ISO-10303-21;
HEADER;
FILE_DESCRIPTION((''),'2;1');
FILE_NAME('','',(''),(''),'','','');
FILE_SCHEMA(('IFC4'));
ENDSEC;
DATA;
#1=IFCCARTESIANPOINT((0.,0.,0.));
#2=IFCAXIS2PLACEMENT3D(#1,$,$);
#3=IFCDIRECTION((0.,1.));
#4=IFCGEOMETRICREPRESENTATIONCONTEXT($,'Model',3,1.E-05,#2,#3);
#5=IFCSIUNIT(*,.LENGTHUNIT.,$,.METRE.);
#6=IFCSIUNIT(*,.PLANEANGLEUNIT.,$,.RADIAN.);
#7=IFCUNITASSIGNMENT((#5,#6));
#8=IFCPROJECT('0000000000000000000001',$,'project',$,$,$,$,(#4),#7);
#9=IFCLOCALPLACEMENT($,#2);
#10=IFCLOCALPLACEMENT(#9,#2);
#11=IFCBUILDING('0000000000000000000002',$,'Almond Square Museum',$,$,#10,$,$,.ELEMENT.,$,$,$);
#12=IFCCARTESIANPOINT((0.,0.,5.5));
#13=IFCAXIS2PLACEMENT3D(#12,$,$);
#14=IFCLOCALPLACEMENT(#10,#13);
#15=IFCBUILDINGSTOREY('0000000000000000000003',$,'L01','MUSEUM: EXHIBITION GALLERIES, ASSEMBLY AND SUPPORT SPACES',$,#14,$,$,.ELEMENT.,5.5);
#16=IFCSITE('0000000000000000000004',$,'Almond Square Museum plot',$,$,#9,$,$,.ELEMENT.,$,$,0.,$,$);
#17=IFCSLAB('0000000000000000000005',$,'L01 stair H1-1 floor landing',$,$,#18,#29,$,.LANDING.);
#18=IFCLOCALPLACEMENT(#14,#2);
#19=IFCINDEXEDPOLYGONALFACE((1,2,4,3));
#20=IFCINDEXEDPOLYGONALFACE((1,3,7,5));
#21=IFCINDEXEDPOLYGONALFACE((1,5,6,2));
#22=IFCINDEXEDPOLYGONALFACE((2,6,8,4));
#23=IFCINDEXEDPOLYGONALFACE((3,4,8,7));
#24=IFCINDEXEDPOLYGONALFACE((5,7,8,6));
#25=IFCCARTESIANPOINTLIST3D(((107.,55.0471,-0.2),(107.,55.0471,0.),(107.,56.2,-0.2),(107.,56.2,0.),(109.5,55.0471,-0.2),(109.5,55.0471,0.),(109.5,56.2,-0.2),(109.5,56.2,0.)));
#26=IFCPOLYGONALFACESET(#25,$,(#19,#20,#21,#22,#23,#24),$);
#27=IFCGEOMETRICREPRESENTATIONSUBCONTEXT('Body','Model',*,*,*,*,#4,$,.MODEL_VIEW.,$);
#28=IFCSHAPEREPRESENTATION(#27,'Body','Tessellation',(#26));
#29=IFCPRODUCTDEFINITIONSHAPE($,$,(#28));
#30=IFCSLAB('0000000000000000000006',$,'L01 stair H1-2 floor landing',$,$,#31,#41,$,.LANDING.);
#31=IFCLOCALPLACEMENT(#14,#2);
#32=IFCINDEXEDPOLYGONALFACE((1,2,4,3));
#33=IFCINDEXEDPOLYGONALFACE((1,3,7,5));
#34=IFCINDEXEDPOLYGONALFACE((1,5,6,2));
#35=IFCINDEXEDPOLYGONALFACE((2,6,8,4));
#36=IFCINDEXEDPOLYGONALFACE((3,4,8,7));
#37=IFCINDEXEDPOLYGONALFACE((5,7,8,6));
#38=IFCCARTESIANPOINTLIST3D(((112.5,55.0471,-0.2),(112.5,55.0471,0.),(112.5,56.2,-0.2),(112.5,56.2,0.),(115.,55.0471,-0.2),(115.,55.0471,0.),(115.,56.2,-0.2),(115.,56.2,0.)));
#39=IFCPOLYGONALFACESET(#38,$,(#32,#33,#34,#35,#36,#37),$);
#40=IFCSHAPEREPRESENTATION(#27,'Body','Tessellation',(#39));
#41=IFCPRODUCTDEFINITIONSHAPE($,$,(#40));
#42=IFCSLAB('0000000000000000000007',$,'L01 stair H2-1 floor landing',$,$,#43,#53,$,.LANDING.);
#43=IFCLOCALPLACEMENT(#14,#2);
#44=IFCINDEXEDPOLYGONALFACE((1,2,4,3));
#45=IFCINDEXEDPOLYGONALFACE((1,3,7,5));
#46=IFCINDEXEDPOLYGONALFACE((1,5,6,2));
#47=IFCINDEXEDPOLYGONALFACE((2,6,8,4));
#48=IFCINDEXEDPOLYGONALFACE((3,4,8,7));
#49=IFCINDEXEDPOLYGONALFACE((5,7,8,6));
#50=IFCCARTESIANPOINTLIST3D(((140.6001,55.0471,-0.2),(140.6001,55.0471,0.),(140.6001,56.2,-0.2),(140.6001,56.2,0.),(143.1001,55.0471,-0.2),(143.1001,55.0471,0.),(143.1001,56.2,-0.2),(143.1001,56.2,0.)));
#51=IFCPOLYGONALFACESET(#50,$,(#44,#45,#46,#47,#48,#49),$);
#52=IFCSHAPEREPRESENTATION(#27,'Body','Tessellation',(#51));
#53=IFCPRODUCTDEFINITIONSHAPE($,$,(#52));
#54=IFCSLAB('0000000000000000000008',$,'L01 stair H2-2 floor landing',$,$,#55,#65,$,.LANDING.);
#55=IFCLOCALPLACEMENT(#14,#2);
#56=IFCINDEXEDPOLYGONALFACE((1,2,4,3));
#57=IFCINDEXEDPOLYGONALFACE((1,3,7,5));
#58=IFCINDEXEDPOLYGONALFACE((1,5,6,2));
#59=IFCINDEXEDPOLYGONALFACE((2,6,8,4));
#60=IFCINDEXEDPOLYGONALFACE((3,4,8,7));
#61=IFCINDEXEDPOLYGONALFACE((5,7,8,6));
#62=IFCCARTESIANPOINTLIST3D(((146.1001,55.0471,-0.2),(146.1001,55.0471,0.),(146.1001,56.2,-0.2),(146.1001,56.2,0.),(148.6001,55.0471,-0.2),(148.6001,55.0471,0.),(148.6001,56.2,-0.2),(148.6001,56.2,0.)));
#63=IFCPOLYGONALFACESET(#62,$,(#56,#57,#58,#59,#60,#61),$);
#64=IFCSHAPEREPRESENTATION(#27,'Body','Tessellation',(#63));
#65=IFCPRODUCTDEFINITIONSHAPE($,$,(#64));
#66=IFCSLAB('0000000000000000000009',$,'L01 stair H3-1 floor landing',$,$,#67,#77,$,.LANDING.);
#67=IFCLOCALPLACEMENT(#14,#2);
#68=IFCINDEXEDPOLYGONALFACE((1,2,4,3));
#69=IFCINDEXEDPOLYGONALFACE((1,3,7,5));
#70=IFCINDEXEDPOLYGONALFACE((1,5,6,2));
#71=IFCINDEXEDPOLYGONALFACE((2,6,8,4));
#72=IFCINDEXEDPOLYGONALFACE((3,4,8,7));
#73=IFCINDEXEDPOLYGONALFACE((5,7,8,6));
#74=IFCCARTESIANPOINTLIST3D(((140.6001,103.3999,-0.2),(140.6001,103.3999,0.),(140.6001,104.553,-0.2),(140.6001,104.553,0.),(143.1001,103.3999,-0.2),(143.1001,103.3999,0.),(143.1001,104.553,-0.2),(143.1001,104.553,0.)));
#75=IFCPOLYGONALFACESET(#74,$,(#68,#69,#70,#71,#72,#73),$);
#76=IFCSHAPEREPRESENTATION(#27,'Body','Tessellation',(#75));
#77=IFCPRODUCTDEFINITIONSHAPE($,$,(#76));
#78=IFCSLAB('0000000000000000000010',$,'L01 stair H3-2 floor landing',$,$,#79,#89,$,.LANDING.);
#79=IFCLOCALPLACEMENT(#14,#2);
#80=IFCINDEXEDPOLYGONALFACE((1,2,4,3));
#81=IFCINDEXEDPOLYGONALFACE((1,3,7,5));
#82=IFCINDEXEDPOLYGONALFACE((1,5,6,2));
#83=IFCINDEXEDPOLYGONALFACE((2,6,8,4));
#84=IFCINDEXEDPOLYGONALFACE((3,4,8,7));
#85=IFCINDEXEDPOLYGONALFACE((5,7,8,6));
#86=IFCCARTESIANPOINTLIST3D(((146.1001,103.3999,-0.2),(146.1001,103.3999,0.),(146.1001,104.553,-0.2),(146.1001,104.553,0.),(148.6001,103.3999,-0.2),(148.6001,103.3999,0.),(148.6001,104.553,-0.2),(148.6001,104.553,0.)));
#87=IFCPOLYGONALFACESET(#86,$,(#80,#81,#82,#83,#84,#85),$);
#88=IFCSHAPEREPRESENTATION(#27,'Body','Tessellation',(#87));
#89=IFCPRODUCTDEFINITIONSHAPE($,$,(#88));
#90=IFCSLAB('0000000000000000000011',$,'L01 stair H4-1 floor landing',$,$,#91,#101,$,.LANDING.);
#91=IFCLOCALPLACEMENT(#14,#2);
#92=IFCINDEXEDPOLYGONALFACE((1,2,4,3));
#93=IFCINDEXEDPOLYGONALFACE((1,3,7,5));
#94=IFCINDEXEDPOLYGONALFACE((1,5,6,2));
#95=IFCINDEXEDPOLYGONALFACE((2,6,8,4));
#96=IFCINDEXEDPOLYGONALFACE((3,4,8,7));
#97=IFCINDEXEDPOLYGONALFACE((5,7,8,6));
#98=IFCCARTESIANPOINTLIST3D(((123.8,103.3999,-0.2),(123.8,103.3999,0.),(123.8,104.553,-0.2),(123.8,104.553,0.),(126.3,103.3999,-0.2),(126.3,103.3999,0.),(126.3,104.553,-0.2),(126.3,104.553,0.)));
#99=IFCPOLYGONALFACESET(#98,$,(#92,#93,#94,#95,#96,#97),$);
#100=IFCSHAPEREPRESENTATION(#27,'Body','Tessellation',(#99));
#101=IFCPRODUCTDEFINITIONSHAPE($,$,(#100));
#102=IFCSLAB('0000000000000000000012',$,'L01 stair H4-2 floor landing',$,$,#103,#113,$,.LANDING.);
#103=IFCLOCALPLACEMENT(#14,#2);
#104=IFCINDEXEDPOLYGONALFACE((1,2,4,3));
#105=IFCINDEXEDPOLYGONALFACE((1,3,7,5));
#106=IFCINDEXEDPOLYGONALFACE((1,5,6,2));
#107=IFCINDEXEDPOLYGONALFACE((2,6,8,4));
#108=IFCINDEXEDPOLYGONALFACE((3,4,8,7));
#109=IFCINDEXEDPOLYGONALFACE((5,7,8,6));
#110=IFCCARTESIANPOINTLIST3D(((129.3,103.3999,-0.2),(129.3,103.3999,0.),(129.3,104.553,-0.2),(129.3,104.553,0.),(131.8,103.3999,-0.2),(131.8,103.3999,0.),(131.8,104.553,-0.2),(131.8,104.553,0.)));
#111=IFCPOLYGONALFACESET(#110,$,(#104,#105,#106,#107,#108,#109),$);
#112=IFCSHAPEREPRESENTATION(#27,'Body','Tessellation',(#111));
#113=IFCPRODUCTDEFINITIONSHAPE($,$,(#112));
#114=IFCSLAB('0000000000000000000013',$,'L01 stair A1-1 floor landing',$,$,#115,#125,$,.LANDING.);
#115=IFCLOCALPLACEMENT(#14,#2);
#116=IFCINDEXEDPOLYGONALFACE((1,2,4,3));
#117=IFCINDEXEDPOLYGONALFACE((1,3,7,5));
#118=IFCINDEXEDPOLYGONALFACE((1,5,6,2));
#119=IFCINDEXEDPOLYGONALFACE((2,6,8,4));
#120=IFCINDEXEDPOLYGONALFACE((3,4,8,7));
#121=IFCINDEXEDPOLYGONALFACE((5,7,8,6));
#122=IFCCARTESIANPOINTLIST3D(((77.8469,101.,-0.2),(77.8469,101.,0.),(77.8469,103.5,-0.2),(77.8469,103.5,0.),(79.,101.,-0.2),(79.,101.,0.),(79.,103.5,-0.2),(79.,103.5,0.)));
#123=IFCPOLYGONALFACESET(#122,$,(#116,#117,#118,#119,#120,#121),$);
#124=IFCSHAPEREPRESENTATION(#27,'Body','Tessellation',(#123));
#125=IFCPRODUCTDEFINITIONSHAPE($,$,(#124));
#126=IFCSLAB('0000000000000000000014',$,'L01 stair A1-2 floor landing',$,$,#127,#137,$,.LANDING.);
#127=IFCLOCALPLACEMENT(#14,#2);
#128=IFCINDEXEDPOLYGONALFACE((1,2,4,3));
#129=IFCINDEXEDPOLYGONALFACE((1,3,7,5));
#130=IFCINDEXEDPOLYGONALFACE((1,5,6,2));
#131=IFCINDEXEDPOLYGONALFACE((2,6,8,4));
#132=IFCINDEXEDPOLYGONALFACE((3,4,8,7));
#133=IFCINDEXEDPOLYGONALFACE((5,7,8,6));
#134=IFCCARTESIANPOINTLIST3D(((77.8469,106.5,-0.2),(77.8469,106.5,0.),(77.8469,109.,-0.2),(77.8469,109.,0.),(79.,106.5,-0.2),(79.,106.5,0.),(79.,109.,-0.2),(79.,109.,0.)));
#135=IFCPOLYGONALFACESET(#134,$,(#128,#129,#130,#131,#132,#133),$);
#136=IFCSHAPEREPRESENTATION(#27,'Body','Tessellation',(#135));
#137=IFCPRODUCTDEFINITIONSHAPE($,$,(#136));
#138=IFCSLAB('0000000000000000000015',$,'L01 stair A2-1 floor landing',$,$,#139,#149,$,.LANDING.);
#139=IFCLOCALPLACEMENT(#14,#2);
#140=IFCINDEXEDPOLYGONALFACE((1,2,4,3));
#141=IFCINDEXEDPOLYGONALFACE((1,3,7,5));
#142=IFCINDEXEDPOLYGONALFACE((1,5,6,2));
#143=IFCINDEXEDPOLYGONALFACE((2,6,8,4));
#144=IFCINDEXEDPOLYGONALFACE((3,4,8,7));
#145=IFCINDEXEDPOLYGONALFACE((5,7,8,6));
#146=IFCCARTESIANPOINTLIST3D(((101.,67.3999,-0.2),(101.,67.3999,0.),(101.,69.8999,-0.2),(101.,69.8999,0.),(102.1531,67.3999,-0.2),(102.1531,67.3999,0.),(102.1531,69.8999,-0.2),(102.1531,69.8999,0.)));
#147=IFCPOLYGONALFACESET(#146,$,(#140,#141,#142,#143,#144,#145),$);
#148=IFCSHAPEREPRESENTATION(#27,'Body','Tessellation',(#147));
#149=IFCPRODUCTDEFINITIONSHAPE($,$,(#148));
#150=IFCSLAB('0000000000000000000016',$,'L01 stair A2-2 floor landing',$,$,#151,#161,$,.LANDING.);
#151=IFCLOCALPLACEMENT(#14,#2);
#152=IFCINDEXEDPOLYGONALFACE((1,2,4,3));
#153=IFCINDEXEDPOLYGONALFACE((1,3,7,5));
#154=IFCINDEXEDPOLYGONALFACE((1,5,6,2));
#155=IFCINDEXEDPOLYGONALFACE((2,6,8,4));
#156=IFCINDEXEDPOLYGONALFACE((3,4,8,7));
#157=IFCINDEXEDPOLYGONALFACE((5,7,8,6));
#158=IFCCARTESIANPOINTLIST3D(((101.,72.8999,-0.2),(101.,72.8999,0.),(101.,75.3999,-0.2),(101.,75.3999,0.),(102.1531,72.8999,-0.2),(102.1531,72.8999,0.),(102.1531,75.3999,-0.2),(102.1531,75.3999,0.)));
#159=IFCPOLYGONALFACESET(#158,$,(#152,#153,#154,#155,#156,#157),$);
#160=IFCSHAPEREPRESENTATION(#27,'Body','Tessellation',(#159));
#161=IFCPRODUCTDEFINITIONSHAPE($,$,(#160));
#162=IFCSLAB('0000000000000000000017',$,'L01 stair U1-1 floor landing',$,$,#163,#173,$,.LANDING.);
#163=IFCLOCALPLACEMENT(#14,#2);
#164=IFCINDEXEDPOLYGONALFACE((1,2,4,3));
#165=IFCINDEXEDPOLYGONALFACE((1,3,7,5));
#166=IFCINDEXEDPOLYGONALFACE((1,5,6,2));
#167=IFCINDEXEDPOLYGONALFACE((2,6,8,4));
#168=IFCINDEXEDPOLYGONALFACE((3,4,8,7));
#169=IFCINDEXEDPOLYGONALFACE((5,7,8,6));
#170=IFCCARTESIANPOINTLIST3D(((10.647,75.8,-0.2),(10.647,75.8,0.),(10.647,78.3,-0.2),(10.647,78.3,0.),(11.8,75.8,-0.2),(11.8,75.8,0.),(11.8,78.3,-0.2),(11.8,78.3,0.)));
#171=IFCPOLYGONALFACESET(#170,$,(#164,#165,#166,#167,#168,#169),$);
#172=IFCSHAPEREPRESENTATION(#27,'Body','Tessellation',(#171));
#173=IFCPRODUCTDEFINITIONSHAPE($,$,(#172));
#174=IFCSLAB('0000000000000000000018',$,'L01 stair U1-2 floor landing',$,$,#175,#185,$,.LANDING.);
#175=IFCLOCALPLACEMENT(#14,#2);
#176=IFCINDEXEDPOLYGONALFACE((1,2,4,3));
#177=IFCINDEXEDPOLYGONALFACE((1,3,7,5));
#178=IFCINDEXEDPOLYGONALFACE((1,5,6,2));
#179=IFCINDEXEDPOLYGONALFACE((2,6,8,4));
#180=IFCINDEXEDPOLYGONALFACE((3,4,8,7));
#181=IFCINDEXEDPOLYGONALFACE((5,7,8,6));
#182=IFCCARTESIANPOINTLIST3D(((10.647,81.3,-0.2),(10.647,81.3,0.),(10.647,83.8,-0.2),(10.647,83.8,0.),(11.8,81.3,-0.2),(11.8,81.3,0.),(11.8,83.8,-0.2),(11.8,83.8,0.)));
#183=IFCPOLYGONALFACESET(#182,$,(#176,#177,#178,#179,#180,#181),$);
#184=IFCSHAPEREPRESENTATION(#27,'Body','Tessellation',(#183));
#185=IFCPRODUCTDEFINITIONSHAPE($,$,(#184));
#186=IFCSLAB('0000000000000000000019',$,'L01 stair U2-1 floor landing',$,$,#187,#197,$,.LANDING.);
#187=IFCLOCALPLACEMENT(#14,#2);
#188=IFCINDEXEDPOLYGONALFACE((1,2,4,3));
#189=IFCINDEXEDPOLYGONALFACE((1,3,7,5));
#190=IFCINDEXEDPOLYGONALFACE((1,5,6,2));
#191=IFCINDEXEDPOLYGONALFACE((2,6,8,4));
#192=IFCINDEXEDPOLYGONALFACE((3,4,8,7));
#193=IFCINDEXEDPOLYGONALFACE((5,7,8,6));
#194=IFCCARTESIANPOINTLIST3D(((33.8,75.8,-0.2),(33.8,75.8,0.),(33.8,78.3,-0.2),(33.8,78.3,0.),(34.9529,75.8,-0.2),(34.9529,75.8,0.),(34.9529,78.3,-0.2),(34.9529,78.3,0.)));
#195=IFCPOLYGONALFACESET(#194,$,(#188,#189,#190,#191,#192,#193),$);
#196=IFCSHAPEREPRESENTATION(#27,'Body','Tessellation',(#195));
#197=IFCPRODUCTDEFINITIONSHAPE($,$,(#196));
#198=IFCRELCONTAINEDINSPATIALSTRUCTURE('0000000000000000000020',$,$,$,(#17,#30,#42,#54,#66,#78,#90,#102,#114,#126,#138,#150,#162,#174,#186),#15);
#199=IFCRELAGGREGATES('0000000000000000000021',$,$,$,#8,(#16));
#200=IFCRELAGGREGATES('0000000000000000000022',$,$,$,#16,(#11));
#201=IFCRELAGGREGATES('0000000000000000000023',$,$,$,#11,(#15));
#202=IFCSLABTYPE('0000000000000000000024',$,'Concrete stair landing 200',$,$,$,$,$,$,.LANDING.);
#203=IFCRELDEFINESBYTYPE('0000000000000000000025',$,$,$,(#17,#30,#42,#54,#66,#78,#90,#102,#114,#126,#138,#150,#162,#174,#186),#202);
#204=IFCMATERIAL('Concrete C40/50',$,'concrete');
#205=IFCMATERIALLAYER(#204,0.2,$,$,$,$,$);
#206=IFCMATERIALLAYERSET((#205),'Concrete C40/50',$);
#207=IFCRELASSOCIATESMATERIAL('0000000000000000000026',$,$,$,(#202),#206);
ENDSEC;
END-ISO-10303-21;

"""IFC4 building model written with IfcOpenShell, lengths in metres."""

from ifc_helpers import new_model, si_unit, direction, frame, origin, place, context, subcontext, project, spatial, polyline, outline, extrude, material, layer, layer_set, type_object, element, save


model = new_model("IFC4")

# Units and contexts
model_context = context("Model", 3, precision=1e-05, world=origin(), true_north=direction((0.0, 1.0)))
body_context = subcontext(model_context, "Body", "Model", "MODEL_VIEW")
ifc_project = project(units=[si_unit("LENGTHUNIT", "METRE"), si_unit("PLANEANGLEUNIT", "RADIAN")], contexts=[model_context])

# Site, building, storey
site_placement = place(None, origin())
site = spatial("IfcSite", under=ifc_project, at=site_placement, Name="Almond Square Museum plot", CompositionType="ELEMENT", RefElevation=0.0)
building_placement = place(site_placement, origin())
building = spatial("IfcBuilding", under=site, at=building_placement, Name="Almond Square Museum", CompositionType="ELEMENT")
storey_placement = place(building_placement, frame((0.0, 0.0, 5.5)))
storey = spatial("IfcBuildingStorey", under=building, at=storey_placement, Name="L01", Description="MUSEUM: EXHIBITION GALLERIES, ASSEMBLY AND SUPPORT SPACES", CompositionType="ELEMENT", Elevation=5.5)

# Slabs
ifc_material = material(Name="Concrete C40/50", Category="concrete")
ifc_layer = layer(ifc_material, 0.2)
ifc_layer_set = layer_set([ifc_layer], Name="Concrete C40/50")
slab_type = type_object("IfcSlabType", Name="Concrete stair landing 200", PredefinedType="LANDING", material=ifc_layer_set)
slab_1_placement = place(storey_placement, frame((0.0, 0.0, -0.2)))
element("IfcSlab", 1, at=slab_1_placement, inside=storey, type_object=slab_type, Name="L01 stair H1-1 floor landing", PredefinedType="LANDING", context=body_context, shape_type="SweptSolid", body=[
    extrude(outline(polyline([(107.0, 55.0471), (109.5, 55.0471), (109.5, 56.2), (107.0, 56.2), (107.0, 55.0471)])), origin(), (0.0, 0.0, 1.0), 0.2),
])
slab_2_placement = place(storey_placement, frame((0.0, 0.0, -0.2)))
element("IfcSlab", 2, at=slab_2_placement, inside=storey, type_object=slab_type, Name="L01 stair H1-2 floor landing", PredefinedType="LANDING", context=body_context, shape_type="SweptSolid", body=[
    extrude(outline(polyline([(112.5, 55.0471), (115.0, 55.0471), (115.0, 56.2), (112.5, 56.2), (112.5, 55.0471)])), origin(), (0.0, 0.0, 1.0), 0.2),
])
slab_3_placement = place(storey_placement, frame((0.0, 0.0, -0.2)))
element("IfcSlab", 3, at=slab_3_placement, inside=storey, type_object=slab_type, Name="L01 stair H2-1 floor landing", PredefinedType="LANDING", context=body_context, shape_type="SweptSolid", body=[
    extrude(outline(polyline([(140.6001, 55.0471), (143.1001, 55.0471), (143.1001, 56.2), (140.6001, 56.2), (140.6001, 55.0471)])), origin(), (0.0, 0.0, 1.0), 0.2),
])
slab_4_placement = place(storey_placement, frame((0.0, 0.0, -0.2)))
element("IfcSlab", 4, at=slab_4_placement, inside=storey, type_object=slab_type, Name="L01 stair H2-2 floor landing", PredefinedType="LANDING", context=body_context, shape_type="SweptSolid", body=[
    extrude(outline(polyline([(146.1001, 55.0471), (148.6001, 55.0471), (148.6001, 56.2), (146.1001, 56.2), (146.1001, 55.0471)])), origin(), (0.0, 0.0, 1.0), 0.2),
])
slab_5_placement = place(storey_placement, frame((0.0, 0.0, -0.2)))
element("IfcSlab", 5, at=slab_5_placement, inside=storey, type_object=slab_type, Name="L01 stair H3-1 floor landing", PredefinedType="LANDING", context=body_context, shape_type="SweptSolid", body=[
    extrude(outline(polyline([(140.6001, 103.3999), (143.1001, 103.3999), (143.1001, 104.553), (140.6001, 104.553), (140.6001, 103.3999)])), origin(), (0.0, 0.0, 1.0), 0.2),
])
slab_6_placement = place(storey_placement, frame((0.0, 0.0, -0.2)))
element("IfcSlab", 6, at=slab_6_placement, inside=storey, type_object=slab_type, Name="L01 stair H3-2 floor landing", PredefinedType="LANDING", context=body_context, shape_type="SweptSolid", body=[
    extrude(outline(polyline([(146.1001, 103.3999), (148.6001, 103.3999), (148.6001, 104.553), (146.1001, 104.553), (146.1001, 103.3999)])), origin(), (0.0, 0.0, 1.0), 0.2),
])
slab_7_placement = place(storey_placement, frame((0.0, 0.0, -0.2)))
element("IfcSlab", 7, at=slab_7_placement, inside=storey, type_object=slab_type, Name="L01 stair H4-1 floor landing", PredefinedType="LANDING", context=body_context, shape_type="SweptSolid", body=[
    extrude(outline(polyline([(123.8, 103.3999), (126.3, 103.3999), (126.3, 104.553), (123.8, 104.553), (123.8, 103.3999)])), origin(), (0.0, 0.0, 1.0), 0.2),
])
slab_8_placement = place(storey_placement, frame((0.0, 0.0, -0.2)))
element("IfcSlab", 8, at=slab_8_placement, inside=storey, type_object=slab_type, Name="L01 stair H4-2 floor landing", PredefinedType="LANDING", context=body_context, shape_type="SweptSolid", body=[
    extrude(outline(polyline([(129.3, 103.3999), (131.8, 103.3999), (131.8, 104.553), (129.3, 104.553), (129.3, 103.3999)])), origin(), (0.0, 0.0, 1.0), 0.2),
])
slab_9_placement = place(storey_placement, frame((0.0, 0.0, -0.2)))
element("IfcSlab", 9, at=slab_9_placement, inside=storey, type_object=slab_type, Name="L01 stair A1-1 floor landing", PredefinedType="LANDING", context=body_context, shape_type="SweptSolid", body=[
    extrude(outline(polyline([(77.8469, 101.0), (79.0, 101.0), (79.0, 103.5), (77.8469, 103.5), (77.8469, 101.0)])), origin(), (0.0, 0.0, 1.0), 0.2),
])
slab_10_placement = place(storey_placement, frame((0.0, 0.0, -0.2)))
element("IfcSlab", 10, at=slab_10_placement, inside=storey, type_object=slab_type, Name="L01 stair A1-2 floor landing", PredefinedType="LANDING", context=body_context, shape_type="SweptSolid", body=[
    extrude(outline(polyline([(77.8469, 106.5), (79.0, 106.5), (79.0, 109.0), (77.8469, 109.0), (77.8469, 106.5)])), origin(), (0.0, 0.0, 1.0), 0.2),
])
slab_11_placement = place(storey_placement, frame((0.0, 0.0, -0.2)))
element("IfcSlab", 11, at=slab_11_placement, inside=storey, type_object=slab_type, Name="L01 stair A2-1 floor landing", PredefinedType="LANDING", context=body_context, shape_type="SweptSolid", body=[
    extrude(outline(polyline([(101.0, 67.3999), (102.1531, 67.3999), (102.1531, 69.8999), (101.0, 69.8999), (101.0, 67.3999)])), origin(), (0.0, 0.0, 1.0), 0.2),
])
slab_12_placement = place(storey_placement, frame((0.0, 0.0, -0.2)))
element("IfcSlab", 12, at=slab_12_placement, inside=storey, type_object=slab_type, Name="L01 stair A2-2 floor landing", PredefinedType="LANDING", context=body_context, shape_type="SweptSolid", body=[
    extrude(outline(polyline([(101.0, 72.8999), (102.1531, 72.8999), (102.1531, 75.3999), (101.0, 75.3999), (101.0, 72.8999)])), origin(), (0.0, 0.0, 1.0), 0.2),
])
slab_13_placement = place(storey_placement, frame((0.0, 0.0, -0.2)))
element("IfcSlab", 13, at=slab_13_placement, inside=storey, type_object=slab_type, Name="L01 stair U1-1 floor landing", PredefinedType="LANDING", context=body_context, shape_type="SweptSolid", body=[
    extrude(outline(polyline([(10.647, 75.8), (11.8, 75.8), (11.8, 78.3), (10.647, 78.3), (10.647, 75.8)])), origin(), (0.0, 0.0, 1.0), 0.2),
])
slab_14_placement = place(storey_placement, frame((0.0, 0.0, -0.2)))
element("IfcSlab", 14, at=slab_14_placement, inside=storey, type_object=slab_type, Name="L01 stair U1-2 floor landing", PredefinedType="LANDING", context=body_context, shape_type="SweptSolid", body=[
    extrude(outline(polyline([(10.647, 81.3), (11.8, 81.3), (11.8, 83.8), (10.647, 83.8), (10.647, 81.3)])), origin(), (0.0, 0.0, 1.0), 0.2),
])
slab_15_placement = place(storey_placement, frame((0.0, 0.0, -0.2)))
element("IfcSlab", 15, at=slab_15_placement, inside=storey, type_object=slab_type, Name="L01 stair U2-1 floor landing", PredefinedType="LANDING", context=body_context, shape_type="SweptSolid", body=[
    extrude(outline(polyline([(33.8, 75.8), (34.9529, 75.8), (34.9529, 78.3), (33.8, 78.3), (33.8, 75.8)])), origin(), (0.0, 0.0, 1.0), 0.2),
])

save(model, "model.ifc")
